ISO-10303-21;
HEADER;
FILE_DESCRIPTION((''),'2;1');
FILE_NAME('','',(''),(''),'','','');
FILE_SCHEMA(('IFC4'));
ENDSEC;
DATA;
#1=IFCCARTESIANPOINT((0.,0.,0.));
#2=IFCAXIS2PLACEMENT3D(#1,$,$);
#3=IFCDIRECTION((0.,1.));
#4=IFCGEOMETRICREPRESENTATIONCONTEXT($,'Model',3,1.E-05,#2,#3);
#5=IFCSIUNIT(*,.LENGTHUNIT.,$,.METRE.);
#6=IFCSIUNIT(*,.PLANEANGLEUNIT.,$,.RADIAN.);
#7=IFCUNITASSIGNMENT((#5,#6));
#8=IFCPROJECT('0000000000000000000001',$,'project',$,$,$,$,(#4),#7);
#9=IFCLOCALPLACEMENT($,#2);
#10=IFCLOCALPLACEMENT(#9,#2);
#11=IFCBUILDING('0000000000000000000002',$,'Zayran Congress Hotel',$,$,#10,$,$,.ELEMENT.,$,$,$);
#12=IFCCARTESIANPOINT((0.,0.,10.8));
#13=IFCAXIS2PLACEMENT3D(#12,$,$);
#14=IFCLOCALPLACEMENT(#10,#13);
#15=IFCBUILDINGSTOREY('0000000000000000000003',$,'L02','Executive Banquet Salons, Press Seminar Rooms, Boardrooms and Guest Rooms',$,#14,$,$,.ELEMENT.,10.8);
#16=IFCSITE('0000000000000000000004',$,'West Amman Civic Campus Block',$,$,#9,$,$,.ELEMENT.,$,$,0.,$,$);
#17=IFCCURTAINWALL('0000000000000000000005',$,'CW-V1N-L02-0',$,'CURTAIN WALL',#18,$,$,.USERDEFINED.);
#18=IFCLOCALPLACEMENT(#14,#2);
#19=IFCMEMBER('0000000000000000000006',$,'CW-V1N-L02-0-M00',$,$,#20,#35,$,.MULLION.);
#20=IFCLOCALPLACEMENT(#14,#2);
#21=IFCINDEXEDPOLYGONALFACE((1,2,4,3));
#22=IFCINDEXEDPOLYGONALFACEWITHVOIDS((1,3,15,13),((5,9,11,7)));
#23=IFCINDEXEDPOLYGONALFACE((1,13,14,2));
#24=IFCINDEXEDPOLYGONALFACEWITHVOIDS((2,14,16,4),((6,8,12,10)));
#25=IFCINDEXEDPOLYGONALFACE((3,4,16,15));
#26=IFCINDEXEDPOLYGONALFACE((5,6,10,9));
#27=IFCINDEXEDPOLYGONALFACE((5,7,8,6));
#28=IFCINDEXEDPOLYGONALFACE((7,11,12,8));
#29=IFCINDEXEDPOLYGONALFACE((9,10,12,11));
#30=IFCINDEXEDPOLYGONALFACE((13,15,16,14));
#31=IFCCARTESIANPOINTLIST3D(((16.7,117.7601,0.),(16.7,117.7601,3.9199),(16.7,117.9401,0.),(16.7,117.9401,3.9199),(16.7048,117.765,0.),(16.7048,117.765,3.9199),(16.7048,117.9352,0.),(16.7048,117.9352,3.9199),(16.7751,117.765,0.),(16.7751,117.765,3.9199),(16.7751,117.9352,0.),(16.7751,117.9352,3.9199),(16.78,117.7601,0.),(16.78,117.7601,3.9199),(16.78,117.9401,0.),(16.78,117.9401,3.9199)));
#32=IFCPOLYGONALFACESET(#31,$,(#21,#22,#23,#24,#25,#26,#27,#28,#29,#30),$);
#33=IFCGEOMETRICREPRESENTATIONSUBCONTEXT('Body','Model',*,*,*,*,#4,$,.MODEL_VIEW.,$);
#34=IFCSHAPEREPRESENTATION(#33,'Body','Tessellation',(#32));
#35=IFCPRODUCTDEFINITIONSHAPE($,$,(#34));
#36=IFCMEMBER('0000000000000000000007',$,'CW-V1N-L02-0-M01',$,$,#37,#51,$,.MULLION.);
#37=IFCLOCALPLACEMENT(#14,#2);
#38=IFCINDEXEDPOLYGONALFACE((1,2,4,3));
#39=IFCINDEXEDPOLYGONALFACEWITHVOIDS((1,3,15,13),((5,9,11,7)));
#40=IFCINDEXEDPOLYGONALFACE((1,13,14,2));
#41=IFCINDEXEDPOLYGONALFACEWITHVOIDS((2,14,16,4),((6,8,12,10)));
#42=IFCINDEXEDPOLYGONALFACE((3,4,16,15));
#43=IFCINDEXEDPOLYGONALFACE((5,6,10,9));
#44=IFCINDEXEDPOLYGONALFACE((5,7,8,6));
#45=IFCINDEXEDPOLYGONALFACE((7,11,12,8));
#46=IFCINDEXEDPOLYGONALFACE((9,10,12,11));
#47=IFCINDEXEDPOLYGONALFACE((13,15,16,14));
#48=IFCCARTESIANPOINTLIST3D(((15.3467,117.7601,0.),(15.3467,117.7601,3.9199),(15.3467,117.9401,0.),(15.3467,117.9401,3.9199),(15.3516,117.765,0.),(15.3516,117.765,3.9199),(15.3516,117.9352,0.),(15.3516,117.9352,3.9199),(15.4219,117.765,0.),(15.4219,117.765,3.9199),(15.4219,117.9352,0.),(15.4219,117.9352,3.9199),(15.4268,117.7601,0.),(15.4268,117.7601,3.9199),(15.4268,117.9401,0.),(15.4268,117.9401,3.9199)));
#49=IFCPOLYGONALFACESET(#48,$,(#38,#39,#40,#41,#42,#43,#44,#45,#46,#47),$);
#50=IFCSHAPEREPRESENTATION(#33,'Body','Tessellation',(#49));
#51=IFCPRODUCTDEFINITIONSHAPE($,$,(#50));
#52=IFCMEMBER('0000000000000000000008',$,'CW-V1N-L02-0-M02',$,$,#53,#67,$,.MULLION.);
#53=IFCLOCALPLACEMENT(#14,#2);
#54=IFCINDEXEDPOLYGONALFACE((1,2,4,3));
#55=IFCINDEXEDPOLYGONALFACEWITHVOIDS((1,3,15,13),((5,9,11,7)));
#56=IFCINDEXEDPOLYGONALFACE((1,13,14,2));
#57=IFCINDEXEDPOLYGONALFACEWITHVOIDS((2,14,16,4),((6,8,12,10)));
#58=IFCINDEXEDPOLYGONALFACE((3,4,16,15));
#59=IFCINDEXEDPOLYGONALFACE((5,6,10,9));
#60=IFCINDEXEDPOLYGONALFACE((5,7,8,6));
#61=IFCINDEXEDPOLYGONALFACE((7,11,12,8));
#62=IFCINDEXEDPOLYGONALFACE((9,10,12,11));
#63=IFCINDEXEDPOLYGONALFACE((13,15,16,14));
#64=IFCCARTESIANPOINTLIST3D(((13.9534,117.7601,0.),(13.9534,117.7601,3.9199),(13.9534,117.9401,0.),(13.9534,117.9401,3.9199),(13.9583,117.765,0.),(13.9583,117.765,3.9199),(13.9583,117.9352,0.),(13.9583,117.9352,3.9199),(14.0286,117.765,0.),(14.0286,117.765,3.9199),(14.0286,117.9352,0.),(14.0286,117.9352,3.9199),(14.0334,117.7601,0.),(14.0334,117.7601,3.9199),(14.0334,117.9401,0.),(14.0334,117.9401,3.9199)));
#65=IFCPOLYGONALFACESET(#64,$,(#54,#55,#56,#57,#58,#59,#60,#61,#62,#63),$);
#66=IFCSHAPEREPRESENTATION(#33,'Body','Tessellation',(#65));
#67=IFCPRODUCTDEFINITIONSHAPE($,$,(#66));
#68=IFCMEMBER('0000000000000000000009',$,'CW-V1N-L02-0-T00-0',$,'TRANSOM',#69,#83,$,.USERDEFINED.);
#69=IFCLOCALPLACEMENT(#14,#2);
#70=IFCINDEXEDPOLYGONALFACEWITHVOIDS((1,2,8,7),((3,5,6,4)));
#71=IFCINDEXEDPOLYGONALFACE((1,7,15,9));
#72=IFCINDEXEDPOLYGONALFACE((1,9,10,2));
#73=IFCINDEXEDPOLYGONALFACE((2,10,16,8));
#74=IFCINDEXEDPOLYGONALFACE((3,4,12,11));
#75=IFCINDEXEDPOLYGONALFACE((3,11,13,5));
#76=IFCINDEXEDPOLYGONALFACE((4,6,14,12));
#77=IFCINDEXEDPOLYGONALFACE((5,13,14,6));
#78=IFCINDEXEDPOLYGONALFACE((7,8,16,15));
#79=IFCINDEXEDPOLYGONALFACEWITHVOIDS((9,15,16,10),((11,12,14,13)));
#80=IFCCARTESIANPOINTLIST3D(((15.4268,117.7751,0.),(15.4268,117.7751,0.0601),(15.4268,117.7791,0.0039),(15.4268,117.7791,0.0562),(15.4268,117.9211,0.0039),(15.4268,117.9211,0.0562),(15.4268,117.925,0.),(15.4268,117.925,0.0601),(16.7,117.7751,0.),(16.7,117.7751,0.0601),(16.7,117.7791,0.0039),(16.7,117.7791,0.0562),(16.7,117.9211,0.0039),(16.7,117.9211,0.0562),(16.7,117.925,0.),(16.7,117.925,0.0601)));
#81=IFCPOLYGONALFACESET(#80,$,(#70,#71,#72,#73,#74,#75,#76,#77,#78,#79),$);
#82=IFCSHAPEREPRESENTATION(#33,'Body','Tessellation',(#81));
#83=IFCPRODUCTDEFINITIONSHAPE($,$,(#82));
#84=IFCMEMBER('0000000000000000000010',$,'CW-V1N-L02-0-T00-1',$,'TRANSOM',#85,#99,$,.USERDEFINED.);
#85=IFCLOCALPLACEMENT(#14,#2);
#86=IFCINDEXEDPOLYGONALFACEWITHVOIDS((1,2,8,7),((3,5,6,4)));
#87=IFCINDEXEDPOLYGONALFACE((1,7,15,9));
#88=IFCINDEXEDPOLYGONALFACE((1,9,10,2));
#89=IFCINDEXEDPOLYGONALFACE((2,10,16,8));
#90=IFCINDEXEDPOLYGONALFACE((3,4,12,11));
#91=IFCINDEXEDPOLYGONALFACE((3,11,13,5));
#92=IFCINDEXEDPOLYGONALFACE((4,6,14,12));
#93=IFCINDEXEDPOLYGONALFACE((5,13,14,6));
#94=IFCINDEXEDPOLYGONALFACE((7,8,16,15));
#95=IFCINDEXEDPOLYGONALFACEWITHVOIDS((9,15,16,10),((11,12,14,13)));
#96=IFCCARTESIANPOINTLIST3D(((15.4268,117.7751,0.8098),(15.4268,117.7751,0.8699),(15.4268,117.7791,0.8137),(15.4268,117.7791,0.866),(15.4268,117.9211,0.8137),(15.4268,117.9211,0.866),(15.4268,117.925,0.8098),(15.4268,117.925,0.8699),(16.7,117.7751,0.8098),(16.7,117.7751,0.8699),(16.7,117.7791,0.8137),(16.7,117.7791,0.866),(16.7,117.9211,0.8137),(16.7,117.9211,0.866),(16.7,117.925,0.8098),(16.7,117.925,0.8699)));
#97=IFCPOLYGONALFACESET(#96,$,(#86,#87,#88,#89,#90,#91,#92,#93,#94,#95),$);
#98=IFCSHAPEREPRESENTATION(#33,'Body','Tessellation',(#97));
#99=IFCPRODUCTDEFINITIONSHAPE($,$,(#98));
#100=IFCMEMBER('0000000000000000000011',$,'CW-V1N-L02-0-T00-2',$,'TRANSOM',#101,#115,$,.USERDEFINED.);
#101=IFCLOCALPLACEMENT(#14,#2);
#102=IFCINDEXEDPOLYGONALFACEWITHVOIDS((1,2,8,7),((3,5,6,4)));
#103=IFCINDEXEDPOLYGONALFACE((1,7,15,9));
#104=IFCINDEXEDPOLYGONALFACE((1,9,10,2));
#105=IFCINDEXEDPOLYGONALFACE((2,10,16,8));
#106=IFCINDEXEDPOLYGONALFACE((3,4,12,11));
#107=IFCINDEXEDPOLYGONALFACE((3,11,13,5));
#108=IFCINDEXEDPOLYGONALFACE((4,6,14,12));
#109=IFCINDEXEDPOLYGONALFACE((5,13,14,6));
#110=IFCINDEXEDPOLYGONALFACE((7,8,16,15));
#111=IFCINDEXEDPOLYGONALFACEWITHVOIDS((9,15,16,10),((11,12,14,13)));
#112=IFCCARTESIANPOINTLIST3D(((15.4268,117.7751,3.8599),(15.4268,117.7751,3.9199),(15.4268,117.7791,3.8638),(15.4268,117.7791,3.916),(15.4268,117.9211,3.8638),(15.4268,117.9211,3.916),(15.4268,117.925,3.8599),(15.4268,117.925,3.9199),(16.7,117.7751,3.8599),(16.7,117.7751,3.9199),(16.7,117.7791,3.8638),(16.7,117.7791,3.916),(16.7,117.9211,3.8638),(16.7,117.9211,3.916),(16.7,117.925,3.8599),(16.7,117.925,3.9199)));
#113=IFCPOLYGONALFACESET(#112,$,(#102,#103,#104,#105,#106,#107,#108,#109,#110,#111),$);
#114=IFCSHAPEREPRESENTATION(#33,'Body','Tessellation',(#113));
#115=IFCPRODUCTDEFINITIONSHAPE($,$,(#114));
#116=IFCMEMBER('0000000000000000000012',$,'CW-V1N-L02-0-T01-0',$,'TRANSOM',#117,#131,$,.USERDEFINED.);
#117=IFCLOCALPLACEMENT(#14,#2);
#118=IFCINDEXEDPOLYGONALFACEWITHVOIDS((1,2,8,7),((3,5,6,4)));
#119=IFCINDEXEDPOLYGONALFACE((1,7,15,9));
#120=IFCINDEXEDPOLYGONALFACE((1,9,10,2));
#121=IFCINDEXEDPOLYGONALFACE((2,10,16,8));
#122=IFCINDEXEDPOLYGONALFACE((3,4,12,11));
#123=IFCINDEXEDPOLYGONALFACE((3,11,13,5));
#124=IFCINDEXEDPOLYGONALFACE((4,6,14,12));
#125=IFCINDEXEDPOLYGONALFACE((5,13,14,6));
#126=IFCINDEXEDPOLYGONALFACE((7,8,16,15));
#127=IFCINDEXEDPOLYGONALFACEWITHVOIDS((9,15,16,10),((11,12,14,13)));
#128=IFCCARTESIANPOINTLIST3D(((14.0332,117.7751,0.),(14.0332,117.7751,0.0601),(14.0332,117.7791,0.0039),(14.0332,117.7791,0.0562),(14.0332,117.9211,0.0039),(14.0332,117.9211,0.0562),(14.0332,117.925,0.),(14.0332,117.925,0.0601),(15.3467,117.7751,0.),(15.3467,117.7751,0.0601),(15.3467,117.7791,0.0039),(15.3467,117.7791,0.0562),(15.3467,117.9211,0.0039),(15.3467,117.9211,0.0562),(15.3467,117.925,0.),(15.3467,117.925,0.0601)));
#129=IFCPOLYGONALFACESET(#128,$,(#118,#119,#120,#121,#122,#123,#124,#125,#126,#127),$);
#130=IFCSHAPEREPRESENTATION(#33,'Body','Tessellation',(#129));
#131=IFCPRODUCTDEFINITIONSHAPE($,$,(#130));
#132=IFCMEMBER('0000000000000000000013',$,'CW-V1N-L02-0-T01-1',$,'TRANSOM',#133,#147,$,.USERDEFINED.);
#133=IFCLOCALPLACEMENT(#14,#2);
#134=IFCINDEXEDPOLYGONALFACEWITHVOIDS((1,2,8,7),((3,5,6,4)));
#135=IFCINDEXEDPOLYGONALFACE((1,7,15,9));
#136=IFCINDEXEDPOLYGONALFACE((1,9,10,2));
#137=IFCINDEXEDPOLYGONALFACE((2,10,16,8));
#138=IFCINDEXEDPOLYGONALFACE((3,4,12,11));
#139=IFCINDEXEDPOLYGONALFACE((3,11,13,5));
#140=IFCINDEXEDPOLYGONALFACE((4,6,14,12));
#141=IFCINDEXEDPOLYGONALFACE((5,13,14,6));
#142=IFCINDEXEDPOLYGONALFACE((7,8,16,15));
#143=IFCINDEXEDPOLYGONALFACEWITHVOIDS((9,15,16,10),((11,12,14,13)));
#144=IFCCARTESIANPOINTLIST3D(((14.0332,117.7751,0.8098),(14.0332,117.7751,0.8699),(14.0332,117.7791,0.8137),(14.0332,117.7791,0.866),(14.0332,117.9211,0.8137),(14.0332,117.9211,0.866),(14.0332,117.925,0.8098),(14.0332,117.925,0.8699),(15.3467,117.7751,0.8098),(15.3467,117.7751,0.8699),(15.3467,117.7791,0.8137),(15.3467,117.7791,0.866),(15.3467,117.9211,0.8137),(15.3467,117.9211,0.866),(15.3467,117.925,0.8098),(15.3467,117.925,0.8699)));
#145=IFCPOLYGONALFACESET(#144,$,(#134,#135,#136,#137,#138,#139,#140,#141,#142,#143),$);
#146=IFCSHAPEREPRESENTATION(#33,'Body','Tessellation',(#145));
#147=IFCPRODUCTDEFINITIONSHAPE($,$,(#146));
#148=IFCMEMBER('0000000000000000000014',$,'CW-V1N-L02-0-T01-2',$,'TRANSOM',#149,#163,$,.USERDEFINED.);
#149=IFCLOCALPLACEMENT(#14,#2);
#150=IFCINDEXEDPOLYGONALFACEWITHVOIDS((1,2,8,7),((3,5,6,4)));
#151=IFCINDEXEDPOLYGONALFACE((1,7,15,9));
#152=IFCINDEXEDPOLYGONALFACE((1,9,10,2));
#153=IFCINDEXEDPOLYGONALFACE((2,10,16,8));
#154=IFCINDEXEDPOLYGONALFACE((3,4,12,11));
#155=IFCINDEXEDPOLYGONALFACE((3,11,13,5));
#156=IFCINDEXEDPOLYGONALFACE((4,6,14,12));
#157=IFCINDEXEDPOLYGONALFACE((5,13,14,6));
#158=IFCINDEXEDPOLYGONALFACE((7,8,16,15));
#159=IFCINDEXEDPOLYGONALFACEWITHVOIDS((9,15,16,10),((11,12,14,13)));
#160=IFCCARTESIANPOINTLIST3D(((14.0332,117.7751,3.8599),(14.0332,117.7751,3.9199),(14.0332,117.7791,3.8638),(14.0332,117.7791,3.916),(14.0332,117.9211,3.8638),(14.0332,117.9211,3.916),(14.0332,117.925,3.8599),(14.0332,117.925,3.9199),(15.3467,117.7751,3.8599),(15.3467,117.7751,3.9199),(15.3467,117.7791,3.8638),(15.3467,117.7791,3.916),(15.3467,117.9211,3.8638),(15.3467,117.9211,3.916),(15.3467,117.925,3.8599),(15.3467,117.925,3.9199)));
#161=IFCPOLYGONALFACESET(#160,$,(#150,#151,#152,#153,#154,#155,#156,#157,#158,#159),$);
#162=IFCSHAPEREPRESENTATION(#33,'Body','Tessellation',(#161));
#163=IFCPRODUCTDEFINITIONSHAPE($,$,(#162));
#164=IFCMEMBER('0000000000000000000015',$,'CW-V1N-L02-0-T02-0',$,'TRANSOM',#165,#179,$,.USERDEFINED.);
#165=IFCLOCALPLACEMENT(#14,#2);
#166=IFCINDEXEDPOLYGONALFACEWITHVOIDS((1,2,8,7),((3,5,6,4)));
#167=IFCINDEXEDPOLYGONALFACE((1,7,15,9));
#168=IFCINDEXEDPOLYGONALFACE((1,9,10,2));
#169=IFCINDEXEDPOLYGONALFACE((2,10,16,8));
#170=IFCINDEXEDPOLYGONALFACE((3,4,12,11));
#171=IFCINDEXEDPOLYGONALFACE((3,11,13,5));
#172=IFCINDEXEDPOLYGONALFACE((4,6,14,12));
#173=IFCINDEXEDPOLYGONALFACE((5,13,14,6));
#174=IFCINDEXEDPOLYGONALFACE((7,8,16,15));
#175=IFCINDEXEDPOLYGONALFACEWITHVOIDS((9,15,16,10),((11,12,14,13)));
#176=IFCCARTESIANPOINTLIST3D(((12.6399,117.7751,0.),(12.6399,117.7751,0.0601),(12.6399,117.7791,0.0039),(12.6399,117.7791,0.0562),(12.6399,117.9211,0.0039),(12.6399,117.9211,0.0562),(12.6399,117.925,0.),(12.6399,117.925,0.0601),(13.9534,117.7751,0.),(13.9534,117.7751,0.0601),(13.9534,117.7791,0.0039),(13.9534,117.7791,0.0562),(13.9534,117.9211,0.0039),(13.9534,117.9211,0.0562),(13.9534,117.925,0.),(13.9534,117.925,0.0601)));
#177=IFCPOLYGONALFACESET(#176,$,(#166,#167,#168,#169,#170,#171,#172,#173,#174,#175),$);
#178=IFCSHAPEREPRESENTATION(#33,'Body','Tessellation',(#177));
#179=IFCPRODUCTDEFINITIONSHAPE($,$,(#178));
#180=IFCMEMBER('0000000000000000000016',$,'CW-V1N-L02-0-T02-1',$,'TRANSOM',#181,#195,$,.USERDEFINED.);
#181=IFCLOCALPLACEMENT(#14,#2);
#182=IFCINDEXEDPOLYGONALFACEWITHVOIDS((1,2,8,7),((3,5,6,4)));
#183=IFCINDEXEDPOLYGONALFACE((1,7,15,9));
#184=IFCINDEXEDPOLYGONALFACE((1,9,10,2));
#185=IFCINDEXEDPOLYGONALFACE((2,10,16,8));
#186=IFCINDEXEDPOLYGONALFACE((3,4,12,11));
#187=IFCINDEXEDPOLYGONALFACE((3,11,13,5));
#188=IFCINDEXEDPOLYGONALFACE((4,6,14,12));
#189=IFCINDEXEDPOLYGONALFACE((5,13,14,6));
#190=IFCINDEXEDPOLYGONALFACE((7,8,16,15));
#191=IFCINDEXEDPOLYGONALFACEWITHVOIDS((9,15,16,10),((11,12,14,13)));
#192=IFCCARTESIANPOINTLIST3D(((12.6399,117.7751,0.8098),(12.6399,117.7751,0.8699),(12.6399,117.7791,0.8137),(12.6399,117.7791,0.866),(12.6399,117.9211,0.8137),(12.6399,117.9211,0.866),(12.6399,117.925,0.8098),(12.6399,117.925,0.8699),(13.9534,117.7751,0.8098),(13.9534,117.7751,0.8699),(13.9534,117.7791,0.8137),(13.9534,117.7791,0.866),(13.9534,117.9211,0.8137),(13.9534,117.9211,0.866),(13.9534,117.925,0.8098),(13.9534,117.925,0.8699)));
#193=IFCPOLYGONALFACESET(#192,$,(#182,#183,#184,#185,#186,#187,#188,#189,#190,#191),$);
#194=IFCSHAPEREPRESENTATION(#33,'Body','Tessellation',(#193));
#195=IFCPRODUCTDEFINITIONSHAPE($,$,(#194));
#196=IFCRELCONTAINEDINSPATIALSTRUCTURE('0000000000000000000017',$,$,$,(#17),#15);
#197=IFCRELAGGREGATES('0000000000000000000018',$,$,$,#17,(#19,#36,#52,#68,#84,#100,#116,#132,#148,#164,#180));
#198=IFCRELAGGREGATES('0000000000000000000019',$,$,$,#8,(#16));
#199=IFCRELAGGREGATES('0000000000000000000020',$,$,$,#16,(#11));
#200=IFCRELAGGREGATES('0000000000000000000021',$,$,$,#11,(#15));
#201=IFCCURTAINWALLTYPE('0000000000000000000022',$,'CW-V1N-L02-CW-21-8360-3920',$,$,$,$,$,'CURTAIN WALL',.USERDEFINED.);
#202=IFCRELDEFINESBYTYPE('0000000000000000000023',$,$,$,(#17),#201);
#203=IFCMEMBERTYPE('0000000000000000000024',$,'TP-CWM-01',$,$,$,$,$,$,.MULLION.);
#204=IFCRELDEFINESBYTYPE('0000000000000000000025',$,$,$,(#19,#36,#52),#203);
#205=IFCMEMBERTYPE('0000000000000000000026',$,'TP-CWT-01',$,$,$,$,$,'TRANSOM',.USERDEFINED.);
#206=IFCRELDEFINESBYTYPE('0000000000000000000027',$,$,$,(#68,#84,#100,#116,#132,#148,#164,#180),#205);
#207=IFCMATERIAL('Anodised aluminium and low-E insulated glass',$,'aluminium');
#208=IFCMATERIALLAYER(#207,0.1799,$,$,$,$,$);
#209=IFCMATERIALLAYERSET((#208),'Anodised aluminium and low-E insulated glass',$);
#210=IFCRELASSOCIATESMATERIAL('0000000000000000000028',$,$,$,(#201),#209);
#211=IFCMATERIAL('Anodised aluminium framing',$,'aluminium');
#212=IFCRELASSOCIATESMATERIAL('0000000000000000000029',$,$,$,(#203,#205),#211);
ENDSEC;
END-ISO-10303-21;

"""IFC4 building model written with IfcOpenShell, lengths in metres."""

from ifc_helpers import new_model, si_unit, direction, frame, origin, origin_2d, place, context, subcontext, project, spatial, hollow_rectangle, extrude, material, layer, layer_set, material_profile, profile_set, type_object, element, aggregate, save


model = new_model("IFC4")

# Units and contexts
model_context = context("Model", 3, precision=1e-05, world=origin(), true_north=direction((0.0, 1.0)))
body_context = subcontext(model_context, "Body", "Model", "MODEL_VIEW")
ifc_project = project(units=[si_unit("LENGTHUNIT", "METRE"), si_unit("PLANEANGLEUNIT", "RADIAN")], contexts=[model_context])

# Site, building, storey
site_placement = place(None, origin())
site = spatial("IfcSite", under=ifc_project, at=site_placement, Name="West Amman Civic Campus Block", CompositionType="ELEMENT", RefElevation=0.0)
building_placement = place(site_placement, origin())
building = spatial("IfcBuilding", under=site, at=building_placement, Name="Zayran Congress Hotel", CompositionType="ELEMENT")
storey_placement = place(building_placement, frame((0.0, 0.0, 10.8)))
storey = spatial("IfcBuildingStorey", under=building, at=storey_placement, Name="L02", Description="Executive Banquet Salons, Press Seminar Rooms, Boardrooms and Guest Rooms", CompositionType="ELEMENT", Elevation=10.8)

# Curtain wall, members
ifc_material_1 = material(Name="Anodised aluminium and low-E insulated glass", Category="aluminium")
ifc_layer_1 = layer(ifc_material_1, 0.1799)
ifc_layer_set_1 = layer_set([ifc_layer_1], Name="Anodised aluminium and low-E insulated glass")
curtain_wall_type = type_object("IfcCurtainWallType", Name="CW-V1N-L02-CW-21-8360-3920", ElementType="CURTAIN WALL", PredefinedType="USERDEFINED", material=ifc_layer_set_1)
curtain_wall_placement = place(storey_placement, origin())
curtain_wall = element("IfcCurtainWall", 1, at=curtain_wall_placement, inside=storey, type_object=curtain_wall_type, Name="CW-V1N-L02-0", ObjectType="CURTAIN WALL", PredefinedType="USERDEFINED")
ifc_material_2 = material(Name="Anodised aluminium framing", Category="aluminium")
ifc_material_profile_1 = material_profile(ifc_material_2, hollow_rectangle(XDim=0.0801, YDim=0.1799, WallThickness=0.0049, at=origin_2d()), Name="RHS 180x80x5")
ifc_profile_set_1 = profile_set([ifc_material_profile_1], Name="Anodised aluminium framing")
member_type_1 = type_object("IfcMemberType", Name="TP-CWM-01", PredefinedType="MULLION", material=ifc_profile_set_1)
member_1_placement = place(storey_placement, frame((16.74, 117.8501, 0.0), z_axis=(0.0, 0.0, 1.0), x_axis=(1.0, 0.0, 0.0)))
member_1 = element("IfcMember", 2, at=member_1_placement, type_object=member_type_1, Name="CW-V1N-L02-0-M00", PredefinedType="MULLION", context=body_context, shape_type="SweptSolid", body=[
    extrude(hollow_rectangle(XDim=0.0801, YDim=0.1799, WallThickness=0.0049, at=origin_2d()), origin(), (0.0, 0.0, 1.0), 3.9199),
])
member_2_placement = place(storey_placement, frame((15.3867, 117.8501, 0.0), z_axis=(0.0, 0.0, 1.0), x_axis=(1.0, 0.0, 0.0)))
member_2 = element("IfcMember", 3, at=member_2_placement, type_object=member_type_1, Name="CW-V1N-L02-0-M01", PredefinedType="MULLION", context=body_context, shape_type="SweptSolid", body=[
    extrude(hollow_rectangle(XDim=0.0801, YDim=0.1799, WallThickness=0.0049, at=origin_2d()), origin(), (0.0, 0.0, 1.0), 3.9199),
])
member_3_placement = place(storey_placement, frame((13.9934, 117.8501, 0.0), z_axis=(0.0, 0.0, 1.0), x_axis=(1.0, 0.0, 0.0)))
member_3 = element("IfcMember", 4, at=member_3_placement, type_object=member_type_1, Name="CW-V1N-L02-0-M02", PredefinedType="MULLION", context=body_context, shape_type="SweptSolid", body=[
    extrude(hollow_rectangle(XDim=0.0801, YDim=0.1799, WallThickness=0.0049, at=origin_2d()), origin(), (0.0, 0.0, 1.0), 3.9199),
])
ifc_material_profile_2 = material_profile(ifc_material_2, hollow_rectangle(XDim=0.0601, YDim=0.1499, WallThickness=0.0039, at=origin_2d()), Name="RHS 150x60x4")
ifc_profile_set_2 = profile_set([ifc_material_profile_2], Name="Anodised aluminium framing")
member_type_2 = type_object("IfcMemberType", Name="TP-CWT-01", ElementType="TRANSOM", PredefinedType="USERDEFINED", material=ifc_profile_set_2)
member_4_placement = place(storey_placement, frame((16.7, 117.8501, 0.03), z_axis=(-1.0, 0.0, 0.0), x_axis=(0.0, 0.0, 1.0)))
member_4 = element("IfcMember", 5, at=member_4_placement, type_object=member_type_2, Name="CW-V1N-L02-0-T00-0", ObjectType="TRANSOM", PredefinedType="USERDEFINED", context=body_context, shape_type="SweptSolid", body=[
    extrude(hollow_rectangle(XDim=0.0601, YDim=0.1499, WallThickness=0.0039, at=origin_2d()), origin(), (0.0, 0.0, 1.0), 1.2732),
])
member_5_placement = place(storey_placement, frame((16.7, 117.8501, 0.8398), z_axis=(-1.0, 0.0, 0.0), x_axis=(0.0, 0.0, 1.0)))
member_5 = element("IfcMember", 6, at=member_5_placement, type_object=member_type_2, Name="CW-V1N-L02-0-T00-1", ObjectType="TRANSOM", PredefinedType="USERDEFINED", context=body_context, shape_type="SweptSolid", body=[
    extrude(hollow_rectangle(XDim=0.0601, YDim=0.1499, WallThickness=0.0039, at=origin_2d()), origin(), (0.0, 0.0, 1.0), 1.2732),
])
member_6_placement = place(storey_placement, frame((16.7, 117.8501, 3.8899), z_axis=(-1.0, 0.0, 0.0), x_axis=(0.0, 0.0, 1.0)))
member_6 = element("IfcMember", 7, at=member_6_placement, type_object=member_type_2, Name="CW-V1N-L02-0-T00-2", ObjectType="TRANSOM", PredefinedType="USERDEFINED", context=body_context, shape_type="SweptSolid", body=[
    extrude(hollow_rectangle(XDim=0.0601, YDim=0.1499, WallThickness=0.0039, at=origin_2d()), origin(), (0.0, 0.0, 1.0), 1.2732),
])
member_7_placement = place(storey_placement, frame((15.3467, 117.8501, 0.03), z_axis=(-1.0, 0.0, 0.0), x_axis=(0.0, 0.0, 1.0)))
member_7 = element("IfcMember", 8, at=member_7_placement, type_object=member_type_2, Name="CW-V1N-L02-0-T01-0", ObjectType="TRANSOM", PredefinedType="USERDEFINED", context=body_context, shape_type="SweptSolid", body=[
    extrude(hollow_rectangle(XDim=0.0601, YDim=0.1499, WallThickness=0.0039, at=origin_2d()), origin(), (0.0, 0.0, 1.0), 1.3135),
])
member_8_placement = place(storey_placement, frame((15.3467, 117.8501, 0.8398), z_axis=(-1.0, 0.0, 0.0), x_axis=(0.0, 0.0, 1.0)))
member_8 = element("IfcMember", 9, at=member_8_placement, type_object=member_type_2, Name="CW-V1N-L02-0-T01-1", ObjectType="TRANSOM", PredefinedType="USERDEFINED", context=body_context, shape_type="SweptSolid", body=[
    extrude(hollow_rectangle(XDim=0.0601, YDim=0.1499, WallThickness=0.0039, at=origin_2d()), origin(), (0.0, 0.0, 1.0), 1.3135),
])
member_9_placement = place(storey_placement, frame((15.3467, 117.8501, 3.8899), z_axis=(-1.0, 0.0, 0.0), x_axis=(0.0, 0.0, 1.0)))
member_9 = element("IfcMember", 10, at=member_9_placement, type_object=member_type_2, Name="CW-V1N-L02-0-T01-2", ObjectType="TRANSOM", PredefinedType="USERDEFINED", context=body_context, shape_type="SweptSolid", body=[
    extrude(hollow_rectangle(XDim=0.0601, YDim=0.1499, WallThickness=0.0039, at=origin_2d()), origin(), (0.0, 0.0, 1.0), 1.3135),
])
member_10_placement = place(storey_placement, frame((13.9534, 117.8501, 0.03), z_axis=(-1.0, 0.0, 0.0), x_axis=(0.0, 0.0, 1.0)))
member_10 = element("IfcMember", 11, at=member_10_placement, type_object=member_type_2, Name="CW-V1N-L02-0-T02-0", ObjectType="TRANSOM", PredefinedType="USERDEFINED", context=body_context, shape_type="SweptSolid", body=[
    extrude(hollow_rectangle(XDim=0.0601, YDim=0.1499, WallThickness=0.0039, at=origin_2d()), origin(), (0.0, 0.0, 1.0), 1.3135),
])
member_11_placement = place(storey_placement, frame((13.9534, 117.8501, 0.8398), z_axis=(-1.0, 0.0, 0.0), x_axis=(0.0, 0.0, 1.0)))
member_11 = element("IfcMember", 12, at=member_11_placement, type_object=member_type_2, Name="CW-V1N-L02-0-T02-1", ObjectType="TRANSOM", PredefinedType="USERDEFINED", context=body_context, shape_type="SweptSolid", body=[
    extrude(hollow_rectangle(XDim=0.0601, YDim=0.1499, WallThickness=0.0039, at=origin_2d()), origin(), (0.0, 0.0, 1.0), 1.3135),
])
aggregate(curtain_wall, [member_1, member_2, member_3, member_4, member_5, member_6, member_7, member_8, member_9, member_10, member_11])

save(model, "model.ifc")
